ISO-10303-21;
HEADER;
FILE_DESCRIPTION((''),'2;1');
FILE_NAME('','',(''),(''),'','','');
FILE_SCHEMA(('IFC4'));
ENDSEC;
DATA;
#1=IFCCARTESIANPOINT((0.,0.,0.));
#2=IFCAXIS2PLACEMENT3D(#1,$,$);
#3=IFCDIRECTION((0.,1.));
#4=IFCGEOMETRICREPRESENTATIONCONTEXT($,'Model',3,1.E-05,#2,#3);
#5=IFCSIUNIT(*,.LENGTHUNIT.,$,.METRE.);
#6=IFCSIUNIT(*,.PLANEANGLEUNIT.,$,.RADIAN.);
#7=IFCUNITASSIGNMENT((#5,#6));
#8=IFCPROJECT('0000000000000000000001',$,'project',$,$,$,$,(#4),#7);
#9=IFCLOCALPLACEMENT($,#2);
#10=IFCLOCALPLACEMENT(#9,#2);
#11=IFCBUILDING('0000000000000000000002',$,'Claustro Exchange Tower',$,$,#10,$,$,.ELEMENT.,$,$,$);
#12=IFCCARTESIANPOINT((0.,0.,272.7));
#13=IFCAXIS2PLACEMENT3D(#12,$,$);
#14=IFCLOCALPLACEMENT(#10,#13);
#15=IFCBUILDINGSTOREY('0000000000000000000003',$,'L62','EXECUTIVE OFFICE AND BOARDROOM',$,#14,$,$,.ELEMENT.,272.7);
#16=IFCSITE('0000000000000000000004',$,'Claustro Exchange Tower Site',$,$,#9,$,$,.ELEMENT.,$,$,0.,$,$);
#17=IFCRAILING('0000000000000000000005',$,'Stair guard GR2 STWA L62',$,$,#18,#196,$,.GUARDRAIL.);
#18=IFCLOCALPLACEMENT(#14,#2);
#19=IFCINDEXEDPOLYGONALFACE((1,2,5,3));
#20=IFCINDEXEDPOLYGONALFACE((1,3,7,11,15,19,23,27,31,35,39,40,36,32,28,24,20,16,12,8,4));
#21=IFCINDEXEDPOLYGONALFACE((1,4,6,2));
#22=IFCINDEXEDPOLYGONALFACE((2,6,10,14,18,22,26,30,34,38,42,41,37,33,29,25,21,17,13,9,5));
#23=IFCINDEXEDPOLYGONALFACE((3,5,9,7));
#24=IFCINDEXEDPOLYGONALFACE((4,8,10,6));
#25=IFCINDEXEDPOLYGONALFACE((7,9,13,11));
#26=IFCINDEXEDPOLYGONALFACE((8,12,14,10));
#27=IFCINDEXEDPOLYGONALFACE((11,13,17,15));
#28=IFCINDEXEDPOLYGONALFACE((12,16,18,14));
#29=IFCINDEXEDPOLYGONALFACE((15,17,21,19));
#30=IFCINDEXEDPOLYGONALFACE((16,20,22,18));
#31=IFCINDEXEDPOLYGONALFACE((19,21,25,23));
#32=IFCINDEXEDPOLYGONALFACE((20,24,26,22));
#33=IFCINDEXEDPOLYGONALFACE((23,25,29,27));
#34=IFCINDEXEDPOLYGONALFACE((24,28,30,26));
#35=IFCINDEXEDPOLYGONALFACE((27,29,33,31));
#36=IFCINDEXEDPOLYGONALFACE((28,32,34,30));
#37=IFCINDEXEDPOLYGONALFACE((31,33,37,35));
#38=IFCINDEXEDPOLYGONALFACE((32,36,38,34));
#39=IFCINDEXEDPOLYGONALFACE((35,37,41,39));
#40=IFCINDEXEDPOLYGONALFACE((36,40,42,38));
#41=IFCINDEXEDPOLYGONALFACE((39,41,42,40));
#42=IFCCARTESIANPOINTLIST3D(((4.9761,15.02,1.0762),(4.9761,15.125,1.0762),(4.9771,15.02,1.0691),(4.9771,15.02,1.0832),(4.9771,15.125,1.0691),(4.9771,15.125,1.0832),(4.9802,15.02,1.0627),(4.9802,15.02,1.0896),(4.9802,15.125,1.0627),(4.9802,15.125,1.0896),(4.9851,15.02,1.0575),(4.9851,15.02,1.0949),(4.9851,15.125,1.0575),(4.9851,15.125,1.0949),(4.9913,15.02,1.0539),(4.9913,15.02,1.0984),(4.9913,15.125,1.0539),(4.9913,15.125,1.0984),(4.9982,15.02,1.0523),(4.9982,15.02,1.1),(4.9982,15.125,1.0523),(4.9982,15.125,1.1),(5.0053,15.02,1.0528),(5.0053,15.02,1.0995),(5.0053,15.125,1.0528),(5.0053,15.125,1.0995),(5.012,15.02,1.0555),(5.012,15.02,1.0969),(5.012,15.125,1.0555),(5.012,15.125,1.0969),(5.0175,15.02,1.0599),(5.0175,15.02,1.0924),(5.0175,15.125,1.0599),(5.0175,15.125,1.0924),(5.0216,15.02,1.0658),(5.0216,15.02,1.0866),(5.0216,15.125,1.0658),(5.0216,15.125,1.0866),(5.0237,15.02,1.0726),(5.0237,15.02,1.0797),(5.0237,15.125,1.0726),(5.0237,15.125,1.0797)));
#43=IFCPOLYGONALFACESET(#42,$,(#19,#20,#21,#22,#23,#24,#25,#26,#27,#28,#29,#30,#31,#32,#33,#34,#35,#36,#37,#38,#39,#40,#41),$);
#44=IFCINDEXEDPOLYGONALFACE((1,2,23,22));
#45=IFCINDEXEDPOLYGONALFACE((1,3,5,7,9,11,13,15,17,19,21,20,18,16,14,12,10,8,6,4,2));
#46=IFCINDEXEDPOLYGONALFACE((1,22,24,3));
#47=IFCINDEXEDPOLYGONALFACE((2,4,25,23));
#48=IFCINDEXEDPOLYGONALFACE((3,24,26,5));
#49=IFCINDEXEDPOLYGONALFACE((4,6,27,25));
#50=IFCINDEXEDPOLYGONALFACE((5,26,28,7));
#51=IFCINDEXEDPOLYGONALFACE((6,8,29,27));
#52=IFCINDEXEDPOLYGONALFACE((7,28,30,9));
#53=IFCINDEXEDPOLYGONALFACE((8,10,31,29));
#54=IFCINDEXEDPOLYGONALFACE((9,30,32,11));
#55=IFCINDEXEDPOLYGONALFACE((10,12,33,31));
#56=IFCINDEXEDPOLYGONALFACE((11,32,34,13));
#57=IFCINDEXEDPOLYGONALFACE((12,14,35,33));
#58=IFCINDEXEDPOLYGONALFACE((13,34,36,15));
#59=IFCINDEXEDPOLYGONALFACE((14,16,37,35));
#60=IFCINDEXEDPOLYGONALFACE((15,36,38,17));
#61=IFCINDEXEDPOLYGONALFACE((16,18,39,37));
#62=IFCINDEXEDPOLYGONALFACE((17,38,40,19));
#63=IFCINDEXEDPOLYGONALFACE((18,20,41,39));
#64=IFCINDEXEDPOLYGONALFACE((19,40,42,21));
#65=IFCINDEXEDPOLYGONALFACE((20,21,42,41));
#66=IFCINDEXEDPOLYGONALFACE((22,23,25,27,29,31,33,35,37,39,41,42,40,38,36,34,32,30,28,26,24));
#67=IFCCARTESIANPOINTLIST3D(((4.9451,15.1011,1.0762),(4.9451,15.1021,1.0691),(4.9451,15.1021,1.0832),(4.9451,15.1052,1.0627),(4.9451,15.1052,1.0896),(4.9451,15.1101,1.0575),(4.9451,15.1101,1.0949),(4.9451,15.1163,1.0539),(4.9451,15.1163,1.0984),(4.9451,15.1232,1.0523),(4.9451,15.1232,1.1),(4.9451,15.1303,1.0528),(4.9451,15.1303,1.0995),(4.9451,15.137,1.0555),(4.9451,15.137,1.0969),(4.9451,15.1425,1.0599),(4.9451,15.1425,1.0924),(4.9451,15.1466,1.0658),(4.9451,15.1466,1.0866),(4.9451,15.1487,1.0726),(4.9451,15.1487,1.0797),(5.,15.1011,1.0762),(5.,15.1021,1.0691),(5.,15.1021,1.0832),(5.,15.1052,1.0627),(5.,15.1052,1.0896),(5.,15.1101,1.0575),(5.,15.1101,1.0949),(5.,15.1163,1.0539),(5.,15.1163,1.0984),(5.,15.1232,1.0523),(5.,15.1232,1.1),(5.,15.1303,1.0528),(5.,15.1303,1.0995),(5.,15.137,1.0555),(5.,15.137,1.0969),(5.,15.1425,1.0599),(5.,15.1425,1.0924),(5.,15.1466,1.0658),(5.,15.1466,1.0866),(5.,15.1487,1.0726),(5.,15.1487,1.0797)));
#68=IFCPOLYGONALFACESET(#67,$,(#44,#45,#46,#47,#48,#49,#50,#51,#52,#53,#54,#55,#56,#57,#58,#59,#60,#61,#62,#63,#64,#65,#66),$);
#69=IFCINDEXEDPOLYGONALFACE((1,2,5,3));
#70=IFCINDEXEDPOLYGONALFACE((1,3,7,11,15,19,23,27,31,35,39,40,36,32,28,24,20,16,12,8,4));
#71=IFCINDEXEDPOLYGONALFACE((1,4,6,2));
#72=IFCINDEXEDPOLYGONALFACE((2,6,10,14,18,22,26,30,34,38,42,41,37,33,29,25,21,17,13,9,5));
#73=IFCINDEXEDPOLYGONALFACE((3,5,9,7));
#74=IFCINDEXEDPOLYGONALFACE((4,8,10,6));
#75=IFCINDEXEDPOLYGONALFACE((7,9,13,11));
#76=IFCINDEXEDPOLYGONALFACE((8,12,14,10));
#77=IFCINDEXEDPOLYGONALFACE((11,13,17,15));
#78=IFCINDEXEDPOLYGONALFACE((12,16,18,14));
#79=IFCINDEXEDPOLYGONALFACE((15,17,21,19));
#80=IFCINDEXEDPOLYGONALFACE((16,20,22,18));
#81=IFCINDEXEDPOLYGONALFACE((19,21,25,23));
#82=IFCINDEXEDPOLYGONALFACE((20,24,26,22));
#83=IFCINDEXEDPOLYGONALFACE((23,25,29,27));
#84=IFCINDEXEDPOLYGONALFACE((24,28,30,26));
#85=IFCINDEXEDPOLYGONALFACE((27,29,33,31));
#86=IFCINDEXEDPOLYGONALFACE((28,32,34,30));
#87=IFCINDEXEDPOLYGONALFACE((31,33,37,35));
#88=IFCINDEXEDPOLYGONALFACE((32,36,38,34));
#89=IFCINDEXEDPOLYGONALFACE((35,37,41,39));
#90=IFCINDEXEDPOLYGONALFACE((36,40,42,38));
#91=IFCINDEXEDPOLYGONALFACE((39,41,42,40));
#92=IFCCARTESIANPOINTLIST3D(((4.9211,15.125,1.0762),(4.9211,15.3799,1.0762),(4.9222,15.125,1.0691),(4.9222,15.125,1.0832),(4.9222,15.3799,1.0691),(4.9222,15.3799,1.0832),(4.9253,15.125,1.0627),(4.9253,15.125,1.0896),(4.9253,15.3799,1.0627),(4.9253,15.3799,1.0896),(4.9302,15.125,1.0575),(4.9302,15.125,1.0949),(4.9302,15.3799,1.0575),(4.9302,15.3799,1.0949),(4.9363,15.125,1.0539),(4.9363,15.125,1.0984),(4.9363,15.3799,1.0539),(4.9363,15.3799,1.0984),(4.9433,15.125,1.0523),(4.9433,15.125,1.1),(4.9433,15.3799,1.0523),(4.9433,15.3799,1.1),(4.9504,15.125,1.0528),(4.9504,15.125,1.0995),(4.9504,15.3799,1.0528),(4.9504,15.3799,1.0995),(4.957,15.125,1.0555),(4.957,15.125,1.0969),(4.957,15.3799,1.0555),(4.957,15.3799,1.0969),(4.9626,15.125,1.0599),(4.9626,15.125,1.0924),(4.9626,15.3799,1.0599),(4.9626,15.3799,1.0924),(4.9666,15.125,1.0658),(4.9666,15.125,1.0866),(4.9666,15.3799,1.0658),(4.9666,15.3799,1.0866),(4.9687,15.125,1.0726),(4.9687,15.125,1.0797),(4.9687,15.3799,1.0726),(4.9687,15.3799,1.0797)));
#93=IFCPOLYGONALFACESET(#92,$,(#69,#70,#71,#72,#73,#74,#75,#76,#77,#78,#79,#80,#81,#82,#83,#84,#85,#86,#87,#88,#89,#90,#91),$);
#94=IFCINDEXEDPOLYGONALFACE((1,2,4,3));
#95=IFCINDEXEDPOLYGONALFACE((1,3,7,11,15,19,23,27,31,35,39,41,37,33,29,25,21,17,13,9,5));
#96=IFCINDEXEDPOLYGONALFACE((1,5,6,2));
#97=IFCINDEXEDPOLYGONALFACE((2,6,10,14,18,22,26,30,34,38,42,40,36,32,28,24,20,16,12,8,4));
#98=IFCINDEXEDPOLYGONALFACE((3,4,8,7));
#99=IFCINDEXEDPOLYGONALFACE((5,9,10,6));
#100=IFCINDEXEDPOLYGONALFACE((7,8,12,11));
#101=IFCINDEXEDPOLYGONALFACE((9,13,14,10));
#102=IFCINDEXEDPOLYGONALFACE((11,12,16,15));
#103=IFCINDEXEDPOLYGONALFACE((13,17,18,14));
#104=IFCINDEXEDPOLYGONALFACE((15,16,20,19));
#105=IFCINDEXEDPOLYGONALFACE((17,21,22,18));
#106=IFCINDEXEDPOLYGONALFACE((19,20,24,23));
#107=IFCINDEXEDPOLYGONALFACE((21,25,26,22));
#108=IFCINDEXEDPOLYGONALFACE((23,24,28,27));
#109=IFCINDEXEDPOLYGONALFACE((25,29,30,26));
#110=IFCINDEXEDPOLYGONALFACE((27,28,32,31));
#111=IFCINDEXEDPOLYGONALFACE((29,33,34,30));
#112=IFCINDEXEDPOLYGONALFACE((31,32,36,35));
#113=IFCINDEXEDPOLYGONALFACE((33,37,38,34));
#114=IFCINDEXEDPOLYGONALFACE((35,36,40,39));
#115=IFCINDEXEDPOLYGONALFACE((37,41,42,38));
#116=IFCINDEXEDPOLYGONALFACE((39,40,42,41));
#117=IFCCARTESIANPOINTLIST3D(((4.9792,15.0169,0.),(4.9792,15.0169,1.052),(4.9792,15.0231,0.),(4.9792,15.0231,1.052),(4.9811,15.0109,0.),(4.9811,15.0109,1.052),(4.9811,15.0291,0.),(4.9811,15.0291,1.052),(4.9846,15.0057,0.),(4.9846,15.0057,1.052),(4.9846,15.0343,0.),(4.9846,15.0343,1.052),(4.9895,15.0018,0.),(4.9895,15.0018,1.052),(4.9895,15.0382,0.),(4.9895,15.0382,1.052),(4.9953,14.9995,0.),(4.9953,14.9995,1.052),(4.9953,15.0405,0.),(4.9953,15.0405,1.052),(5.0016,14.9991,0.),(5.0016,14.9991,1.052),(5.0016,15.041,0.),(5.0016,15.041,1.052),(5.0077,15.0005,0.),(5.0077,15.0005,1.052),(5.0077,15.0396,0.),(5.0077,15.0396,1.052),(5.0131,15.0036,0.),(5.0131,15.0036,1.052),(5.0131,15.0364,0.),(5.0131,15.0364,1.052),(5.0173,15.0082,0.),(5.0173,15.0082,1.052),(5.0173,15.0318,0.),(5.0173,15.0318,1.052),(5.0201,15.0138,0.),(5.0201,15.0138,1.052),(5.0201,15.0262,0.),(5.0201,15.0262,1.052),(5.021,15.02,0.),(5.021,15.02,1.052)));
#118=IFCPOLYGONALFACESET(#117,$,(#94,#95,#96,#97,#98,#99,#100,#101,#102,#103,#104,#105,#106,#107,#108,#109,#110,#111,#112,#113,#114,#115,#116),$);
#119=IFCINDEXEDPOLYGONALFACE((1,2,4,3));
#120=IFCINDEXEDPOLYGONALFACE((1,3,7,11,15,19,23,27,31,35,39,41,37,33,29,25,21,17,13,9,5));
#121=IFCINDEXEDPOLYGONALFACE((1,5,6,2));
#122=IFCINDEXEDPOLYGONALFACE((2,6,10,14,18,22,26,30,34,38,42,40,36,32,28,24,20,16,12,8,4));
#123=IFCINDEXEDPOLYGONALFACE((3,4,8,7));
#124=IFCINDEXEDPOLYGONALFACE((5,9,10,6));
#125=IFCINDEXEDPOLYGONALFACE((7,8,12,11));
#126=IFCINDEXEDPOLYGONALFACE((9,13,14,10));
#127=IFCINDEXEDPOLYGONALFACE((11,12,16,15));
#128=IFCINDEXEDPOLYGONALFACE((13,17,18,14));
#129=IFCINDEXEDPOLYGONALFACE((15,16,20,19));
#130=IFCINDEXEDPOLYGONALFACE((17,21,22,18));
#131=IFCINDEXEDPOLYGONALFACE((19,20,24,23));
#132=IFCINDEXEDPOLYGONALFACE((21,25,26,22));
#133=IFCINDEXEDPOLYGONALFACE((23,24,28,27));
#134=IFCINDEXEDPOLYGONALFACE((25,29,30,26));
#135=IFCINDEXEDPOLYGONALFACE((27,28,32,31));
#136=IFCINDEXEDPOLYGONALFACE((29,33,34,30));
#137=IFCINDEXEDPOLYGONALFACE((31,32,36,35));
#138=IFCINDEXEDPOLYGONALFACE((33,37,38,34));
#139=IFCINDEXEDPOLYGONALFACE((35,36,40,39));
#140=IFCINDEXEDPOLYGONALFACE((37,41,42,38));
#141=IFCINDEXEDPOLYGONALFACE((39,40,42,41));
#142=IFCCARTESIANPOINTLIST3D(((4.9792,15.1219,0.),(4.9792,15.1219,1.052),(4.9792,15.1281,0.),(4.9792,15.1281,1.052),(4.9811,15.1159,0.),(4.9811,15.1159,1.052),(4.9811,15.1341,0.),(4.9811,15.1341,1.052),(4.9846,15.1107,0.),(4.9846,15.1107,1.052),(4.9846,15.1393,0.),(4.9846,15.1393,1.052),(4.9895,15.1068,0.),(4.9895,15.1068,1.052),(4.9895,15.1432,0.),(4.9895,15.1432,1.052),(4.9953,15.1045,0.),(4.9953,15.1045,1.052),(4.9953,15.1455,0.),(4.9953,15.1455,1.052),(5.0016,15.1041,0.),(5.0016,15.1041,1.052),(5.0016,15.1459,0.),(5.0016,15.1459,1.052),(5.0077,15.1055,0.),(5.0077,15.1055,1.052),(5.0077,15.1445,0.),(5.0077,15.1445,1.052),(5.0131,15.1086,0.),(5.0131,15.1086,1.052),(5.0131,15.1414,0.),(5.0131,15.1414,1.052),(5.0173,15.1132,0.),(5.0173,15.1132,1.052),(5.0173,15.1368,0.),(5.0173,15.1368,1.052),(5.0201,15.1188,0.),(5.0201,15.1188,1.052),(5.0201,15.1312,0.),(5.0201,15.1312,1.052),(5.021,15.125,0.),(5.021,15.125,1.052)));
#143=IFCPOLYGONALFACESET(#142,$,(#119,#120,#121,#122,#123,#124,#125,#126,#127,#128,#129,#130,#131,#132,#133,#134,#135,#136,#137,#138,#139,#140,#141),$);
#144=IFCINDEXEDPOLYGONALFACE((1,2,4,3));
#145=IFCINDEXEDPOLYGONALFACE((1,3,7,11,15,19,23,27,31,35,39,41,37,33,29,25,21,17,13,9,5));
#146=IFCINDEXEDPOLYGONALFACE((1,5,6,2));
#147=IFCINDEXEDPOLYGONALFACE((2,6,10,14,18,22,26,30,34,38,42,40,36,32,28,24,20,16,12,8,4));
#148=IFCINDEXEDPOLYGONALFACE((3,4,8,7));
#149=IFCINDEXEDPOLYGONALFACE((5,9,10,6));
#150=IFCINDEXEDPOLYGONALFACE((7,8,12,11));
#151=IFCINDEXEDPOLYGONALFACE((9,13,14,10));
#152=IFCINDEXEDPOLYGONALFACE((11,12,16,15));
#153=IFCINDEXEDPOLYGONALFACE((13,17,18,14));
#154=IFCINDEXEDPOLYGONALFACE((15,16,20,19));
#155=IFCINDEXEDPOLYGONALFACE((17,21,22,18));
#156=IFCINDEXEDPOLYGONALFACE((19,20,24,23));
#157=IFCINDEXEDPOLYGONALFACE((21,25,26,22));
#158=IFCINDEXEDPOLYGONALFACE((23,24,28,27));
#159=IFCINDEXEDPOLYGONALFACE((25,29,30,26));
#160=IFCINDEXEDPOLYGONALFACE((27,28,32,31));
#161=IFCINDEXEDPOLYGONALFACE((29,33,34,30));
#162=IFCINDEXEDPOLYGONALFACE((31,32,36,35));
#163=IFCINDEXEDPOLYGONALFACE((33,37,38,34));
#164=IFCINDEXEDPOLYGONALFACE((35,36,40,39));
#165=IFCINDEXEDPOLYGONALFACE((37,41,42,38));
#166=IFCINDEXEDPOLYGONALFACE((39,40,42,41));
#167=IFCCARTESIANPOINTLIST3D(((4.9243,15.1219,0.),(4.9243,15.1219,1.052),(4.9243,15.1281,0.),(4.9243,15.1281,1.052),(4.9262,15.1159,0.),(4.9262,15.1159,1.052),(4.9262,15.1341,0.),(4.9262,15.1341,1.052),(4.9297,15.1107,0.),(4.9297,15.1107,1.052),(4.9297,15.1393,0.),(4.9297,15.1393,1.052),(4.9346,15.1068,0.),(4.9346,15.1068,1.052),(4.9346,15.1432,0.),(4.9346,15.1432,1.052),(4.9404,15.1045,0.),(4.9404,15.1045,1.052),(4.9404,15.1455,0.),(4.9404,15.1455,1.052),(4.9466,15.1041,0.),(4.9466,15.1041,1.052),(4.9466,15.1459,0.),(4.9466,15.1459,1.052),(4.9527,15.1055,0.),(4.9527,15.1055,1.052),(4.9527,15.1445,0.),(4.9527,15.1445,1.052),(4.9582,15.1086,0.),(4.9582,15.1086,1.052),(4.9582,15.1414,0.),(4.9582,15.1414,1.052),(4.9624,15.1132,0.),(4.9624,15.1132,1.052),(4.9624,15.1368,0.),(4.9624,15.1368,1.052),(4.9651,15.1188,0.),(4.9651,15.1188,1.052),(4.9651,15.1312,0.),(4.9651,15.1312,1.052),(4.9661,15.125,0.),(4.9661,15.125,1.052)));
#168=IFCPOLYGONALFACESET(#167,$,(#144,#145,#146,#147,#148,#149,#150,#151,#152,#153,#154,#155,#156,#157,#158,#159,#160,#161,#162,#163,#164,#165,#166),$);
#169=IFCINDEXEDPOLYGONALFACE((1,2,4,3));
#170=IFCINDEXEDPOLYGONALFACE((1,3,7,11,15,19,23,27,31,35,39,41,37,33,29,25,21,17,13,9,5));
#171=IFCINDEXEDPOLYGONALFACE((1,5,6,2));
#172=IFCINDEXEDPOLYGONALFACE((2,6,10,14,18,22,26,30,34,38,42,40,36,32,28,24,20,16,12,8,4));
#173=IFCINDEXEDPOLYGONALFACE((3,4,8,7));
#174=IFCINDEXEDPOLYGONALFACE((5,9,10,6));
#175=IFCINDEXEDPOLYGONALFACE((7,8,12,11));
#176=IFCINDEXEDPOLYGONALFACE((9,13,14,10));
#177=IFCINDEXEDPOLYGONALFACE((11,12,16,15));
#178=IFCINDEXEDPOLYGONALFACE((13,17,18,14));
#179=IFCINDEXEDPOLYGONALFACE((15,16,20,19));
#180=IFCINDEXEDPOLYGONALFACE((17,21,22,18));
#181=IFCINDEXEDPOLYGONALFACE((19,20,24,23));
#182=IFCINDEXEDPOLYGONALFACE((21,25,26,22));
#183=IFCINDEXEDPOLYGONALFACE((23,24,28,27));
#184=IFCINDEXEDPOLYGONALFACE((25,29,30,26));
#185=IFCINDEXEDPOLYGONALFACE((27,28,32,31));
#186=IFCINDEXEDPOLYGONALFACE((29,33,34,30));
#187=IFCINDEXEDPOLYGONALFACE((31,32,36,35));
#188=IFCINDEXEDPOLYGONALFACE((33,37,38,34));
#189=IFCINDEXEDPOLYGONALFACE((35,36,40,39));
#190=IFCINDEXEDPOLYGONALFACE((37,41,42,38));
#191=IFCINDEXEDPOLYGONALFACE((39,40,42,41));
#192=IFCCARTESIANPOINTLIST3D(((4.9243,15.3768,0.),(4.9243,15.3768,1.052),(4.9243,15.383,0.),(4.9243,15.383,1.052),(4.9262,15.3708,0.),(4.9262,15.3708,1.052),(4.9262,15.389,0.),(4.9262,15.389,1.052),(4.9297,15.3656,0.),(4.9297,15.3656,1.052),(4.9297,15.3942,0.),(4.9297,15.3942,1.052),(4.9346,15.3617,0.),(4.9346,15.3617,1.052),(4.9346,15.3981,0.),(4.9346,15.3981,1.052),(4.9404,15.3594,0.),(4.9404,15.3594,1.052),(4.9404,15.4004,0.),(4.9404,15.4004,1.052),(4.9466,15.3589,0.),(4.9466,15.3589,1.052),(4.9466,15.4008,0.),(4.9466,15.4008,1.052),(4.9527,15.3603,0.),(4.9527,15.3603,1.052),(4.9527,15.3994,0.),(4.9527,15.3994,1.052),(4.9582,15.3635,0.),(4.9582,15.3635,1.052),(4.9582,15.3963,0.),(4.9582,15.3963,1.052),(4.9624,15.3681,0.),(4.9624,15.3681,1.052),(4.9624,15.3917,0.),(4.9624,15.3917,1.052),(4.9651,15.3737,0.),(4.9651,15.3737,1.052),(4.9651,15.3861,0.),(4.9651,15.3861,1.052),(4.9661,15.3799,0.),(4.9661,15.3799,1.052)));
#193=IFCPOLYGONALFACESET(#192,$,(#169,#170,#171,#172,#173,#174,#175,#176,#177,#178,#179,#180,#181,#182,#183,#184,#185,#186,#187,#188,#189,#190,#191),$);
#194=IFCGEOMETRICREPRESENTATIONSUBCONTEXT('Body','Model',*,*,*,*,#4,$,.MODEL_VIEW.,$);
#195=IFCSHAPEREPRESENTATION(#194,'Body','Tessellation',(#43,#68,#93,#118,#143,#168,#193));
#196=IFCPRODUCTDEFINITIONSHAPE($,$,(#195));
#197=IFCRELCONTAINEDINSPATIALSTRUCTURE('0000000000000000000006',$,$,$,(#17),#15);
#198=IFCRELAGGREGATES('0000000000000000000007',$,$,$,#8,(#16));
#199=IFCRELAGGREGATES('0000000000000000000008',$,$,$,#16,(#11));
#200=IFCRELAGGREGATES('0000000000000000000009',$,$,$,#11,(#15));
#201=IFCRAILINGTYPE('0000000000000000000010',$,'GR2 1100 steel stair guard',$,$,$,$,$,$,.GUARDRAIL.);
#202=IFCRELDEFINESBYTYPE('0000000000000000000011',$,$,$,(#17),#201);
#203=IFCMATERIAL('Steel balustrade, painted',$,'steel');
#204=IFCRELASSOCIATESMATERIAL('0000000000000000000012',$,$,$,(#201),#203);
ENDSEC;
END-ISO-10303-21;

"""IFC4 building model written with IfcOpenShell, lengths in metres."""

from ifc_helpers import new_model, si_unit, direction, frame, origin, origin_2d, place, context, subcontext, project, spatial, circle, extrude, material, type_object, element, save


model = new_model("IFC4")

# Units and contexts
model_context = context("Model", 3, precision=1e-05, world=origin(), true_north=direction((0.0, 1.0)))
body_context = subcontext(model_context, "Body", "Model", "MODEL_VIEW")
ifc_project = project(units=[si_unit("LENGTHUNIT", "METRE"), si_unit("PLANEANGLEUNIT", "RADIAN")], contexts=[model_context])

# Site, building, storey
site_placement = place(None, origin())
site = spatial("IfcSite", under=ifc_project, at=site_placement, Name="Claustro Exchange Tower Site", CompositionType="ELEMENT", RefElevation=0.0)
building_placement = place(site_placement, origin())
building = spatial("IfcBuilding", under=site, at=building_placement, Name="Claustro Exchange Tower", CompositionType="ELEMENT")
storey_placement = place(building_placement, frame((0.0, 0.0, 272.7)))
storey = spatial("IfcBuildingStorey", under=building, at=storey_placement, Name="L62", Description="EXECUTIVE OFFICE AND BOARDROOM", CompositionType="ELEMENT", Elevation=272.7)

# Railing
ifc_material_1 = material(Name="Steel balustrade, painted", Category="steel")
railing_type_1 = type_object("IfcRailingType", Name="GR2 1100 steel stair guard", PredefinedType="GUARDRAIL", material=ifc_material_1)
railing_1_placement = place(storey_placement, frame((5.0, 15.02, 0.0)))
element("IfcRailing", 1, at=railing_1_placement, inside=storey, type_object=railing_type_1, Name="Stair guard GR2 STWA L62", PredefinedType="GUARDRAIL", context=body_context, shape_type="SweptSolid", body=[
    extrude(circle(Radius=0.0239, at=origin_2d()), frame((0.0, 0.0, 1.0762), z_axis=(0.0, 1.0, 0.0), x_axis=(-1.0, 0.0, 0.0)), (0.0, 0.0, 1.0), 0.105),
    extrude(circle(Radius=0.0239, at=origin_2d()), frame((0.0, 0.105, 1.0762), z_axis=(-1.0, 0.0, 0.0), x_axis=(0.0, -1.0, 0.0)), (0.0, 0.0, 1.0), 0.0549),
    extrude(circle(Radius=0.0239, at=origin_2d()), frame((-0.0549, 0.105, 1.0762), z_axis=(0.0, 1.0, 0.0), x_axis=(-1.0, 0.0, 0.0)), (0.0, 0.0, 1.0), 0.2549),
    extrude(circle(Radius=0.021, at=origin_2d()), origin(), (0.0, 0.0, 1.0), 1.052),
    extrude(circle(Radius=0.021, at=origin_2d()), frame((0.0, 0.105, 0.0)), (0.0, 0.0, 1.0), 1.052),
    extrude(circle(Radius=0.021, at=origin_2d()), frame((-0.0549, 0.105, 0.0)), (0.0, 0.0, 1.0), 1.052),
    extrude(circle(Radius=0.021, at=origin_2d()), frame((-0.0549, 0.3599, 0.0)), (0.0, 0.0, 1.0), 1.052),
])

save(model, "model.ifc")
